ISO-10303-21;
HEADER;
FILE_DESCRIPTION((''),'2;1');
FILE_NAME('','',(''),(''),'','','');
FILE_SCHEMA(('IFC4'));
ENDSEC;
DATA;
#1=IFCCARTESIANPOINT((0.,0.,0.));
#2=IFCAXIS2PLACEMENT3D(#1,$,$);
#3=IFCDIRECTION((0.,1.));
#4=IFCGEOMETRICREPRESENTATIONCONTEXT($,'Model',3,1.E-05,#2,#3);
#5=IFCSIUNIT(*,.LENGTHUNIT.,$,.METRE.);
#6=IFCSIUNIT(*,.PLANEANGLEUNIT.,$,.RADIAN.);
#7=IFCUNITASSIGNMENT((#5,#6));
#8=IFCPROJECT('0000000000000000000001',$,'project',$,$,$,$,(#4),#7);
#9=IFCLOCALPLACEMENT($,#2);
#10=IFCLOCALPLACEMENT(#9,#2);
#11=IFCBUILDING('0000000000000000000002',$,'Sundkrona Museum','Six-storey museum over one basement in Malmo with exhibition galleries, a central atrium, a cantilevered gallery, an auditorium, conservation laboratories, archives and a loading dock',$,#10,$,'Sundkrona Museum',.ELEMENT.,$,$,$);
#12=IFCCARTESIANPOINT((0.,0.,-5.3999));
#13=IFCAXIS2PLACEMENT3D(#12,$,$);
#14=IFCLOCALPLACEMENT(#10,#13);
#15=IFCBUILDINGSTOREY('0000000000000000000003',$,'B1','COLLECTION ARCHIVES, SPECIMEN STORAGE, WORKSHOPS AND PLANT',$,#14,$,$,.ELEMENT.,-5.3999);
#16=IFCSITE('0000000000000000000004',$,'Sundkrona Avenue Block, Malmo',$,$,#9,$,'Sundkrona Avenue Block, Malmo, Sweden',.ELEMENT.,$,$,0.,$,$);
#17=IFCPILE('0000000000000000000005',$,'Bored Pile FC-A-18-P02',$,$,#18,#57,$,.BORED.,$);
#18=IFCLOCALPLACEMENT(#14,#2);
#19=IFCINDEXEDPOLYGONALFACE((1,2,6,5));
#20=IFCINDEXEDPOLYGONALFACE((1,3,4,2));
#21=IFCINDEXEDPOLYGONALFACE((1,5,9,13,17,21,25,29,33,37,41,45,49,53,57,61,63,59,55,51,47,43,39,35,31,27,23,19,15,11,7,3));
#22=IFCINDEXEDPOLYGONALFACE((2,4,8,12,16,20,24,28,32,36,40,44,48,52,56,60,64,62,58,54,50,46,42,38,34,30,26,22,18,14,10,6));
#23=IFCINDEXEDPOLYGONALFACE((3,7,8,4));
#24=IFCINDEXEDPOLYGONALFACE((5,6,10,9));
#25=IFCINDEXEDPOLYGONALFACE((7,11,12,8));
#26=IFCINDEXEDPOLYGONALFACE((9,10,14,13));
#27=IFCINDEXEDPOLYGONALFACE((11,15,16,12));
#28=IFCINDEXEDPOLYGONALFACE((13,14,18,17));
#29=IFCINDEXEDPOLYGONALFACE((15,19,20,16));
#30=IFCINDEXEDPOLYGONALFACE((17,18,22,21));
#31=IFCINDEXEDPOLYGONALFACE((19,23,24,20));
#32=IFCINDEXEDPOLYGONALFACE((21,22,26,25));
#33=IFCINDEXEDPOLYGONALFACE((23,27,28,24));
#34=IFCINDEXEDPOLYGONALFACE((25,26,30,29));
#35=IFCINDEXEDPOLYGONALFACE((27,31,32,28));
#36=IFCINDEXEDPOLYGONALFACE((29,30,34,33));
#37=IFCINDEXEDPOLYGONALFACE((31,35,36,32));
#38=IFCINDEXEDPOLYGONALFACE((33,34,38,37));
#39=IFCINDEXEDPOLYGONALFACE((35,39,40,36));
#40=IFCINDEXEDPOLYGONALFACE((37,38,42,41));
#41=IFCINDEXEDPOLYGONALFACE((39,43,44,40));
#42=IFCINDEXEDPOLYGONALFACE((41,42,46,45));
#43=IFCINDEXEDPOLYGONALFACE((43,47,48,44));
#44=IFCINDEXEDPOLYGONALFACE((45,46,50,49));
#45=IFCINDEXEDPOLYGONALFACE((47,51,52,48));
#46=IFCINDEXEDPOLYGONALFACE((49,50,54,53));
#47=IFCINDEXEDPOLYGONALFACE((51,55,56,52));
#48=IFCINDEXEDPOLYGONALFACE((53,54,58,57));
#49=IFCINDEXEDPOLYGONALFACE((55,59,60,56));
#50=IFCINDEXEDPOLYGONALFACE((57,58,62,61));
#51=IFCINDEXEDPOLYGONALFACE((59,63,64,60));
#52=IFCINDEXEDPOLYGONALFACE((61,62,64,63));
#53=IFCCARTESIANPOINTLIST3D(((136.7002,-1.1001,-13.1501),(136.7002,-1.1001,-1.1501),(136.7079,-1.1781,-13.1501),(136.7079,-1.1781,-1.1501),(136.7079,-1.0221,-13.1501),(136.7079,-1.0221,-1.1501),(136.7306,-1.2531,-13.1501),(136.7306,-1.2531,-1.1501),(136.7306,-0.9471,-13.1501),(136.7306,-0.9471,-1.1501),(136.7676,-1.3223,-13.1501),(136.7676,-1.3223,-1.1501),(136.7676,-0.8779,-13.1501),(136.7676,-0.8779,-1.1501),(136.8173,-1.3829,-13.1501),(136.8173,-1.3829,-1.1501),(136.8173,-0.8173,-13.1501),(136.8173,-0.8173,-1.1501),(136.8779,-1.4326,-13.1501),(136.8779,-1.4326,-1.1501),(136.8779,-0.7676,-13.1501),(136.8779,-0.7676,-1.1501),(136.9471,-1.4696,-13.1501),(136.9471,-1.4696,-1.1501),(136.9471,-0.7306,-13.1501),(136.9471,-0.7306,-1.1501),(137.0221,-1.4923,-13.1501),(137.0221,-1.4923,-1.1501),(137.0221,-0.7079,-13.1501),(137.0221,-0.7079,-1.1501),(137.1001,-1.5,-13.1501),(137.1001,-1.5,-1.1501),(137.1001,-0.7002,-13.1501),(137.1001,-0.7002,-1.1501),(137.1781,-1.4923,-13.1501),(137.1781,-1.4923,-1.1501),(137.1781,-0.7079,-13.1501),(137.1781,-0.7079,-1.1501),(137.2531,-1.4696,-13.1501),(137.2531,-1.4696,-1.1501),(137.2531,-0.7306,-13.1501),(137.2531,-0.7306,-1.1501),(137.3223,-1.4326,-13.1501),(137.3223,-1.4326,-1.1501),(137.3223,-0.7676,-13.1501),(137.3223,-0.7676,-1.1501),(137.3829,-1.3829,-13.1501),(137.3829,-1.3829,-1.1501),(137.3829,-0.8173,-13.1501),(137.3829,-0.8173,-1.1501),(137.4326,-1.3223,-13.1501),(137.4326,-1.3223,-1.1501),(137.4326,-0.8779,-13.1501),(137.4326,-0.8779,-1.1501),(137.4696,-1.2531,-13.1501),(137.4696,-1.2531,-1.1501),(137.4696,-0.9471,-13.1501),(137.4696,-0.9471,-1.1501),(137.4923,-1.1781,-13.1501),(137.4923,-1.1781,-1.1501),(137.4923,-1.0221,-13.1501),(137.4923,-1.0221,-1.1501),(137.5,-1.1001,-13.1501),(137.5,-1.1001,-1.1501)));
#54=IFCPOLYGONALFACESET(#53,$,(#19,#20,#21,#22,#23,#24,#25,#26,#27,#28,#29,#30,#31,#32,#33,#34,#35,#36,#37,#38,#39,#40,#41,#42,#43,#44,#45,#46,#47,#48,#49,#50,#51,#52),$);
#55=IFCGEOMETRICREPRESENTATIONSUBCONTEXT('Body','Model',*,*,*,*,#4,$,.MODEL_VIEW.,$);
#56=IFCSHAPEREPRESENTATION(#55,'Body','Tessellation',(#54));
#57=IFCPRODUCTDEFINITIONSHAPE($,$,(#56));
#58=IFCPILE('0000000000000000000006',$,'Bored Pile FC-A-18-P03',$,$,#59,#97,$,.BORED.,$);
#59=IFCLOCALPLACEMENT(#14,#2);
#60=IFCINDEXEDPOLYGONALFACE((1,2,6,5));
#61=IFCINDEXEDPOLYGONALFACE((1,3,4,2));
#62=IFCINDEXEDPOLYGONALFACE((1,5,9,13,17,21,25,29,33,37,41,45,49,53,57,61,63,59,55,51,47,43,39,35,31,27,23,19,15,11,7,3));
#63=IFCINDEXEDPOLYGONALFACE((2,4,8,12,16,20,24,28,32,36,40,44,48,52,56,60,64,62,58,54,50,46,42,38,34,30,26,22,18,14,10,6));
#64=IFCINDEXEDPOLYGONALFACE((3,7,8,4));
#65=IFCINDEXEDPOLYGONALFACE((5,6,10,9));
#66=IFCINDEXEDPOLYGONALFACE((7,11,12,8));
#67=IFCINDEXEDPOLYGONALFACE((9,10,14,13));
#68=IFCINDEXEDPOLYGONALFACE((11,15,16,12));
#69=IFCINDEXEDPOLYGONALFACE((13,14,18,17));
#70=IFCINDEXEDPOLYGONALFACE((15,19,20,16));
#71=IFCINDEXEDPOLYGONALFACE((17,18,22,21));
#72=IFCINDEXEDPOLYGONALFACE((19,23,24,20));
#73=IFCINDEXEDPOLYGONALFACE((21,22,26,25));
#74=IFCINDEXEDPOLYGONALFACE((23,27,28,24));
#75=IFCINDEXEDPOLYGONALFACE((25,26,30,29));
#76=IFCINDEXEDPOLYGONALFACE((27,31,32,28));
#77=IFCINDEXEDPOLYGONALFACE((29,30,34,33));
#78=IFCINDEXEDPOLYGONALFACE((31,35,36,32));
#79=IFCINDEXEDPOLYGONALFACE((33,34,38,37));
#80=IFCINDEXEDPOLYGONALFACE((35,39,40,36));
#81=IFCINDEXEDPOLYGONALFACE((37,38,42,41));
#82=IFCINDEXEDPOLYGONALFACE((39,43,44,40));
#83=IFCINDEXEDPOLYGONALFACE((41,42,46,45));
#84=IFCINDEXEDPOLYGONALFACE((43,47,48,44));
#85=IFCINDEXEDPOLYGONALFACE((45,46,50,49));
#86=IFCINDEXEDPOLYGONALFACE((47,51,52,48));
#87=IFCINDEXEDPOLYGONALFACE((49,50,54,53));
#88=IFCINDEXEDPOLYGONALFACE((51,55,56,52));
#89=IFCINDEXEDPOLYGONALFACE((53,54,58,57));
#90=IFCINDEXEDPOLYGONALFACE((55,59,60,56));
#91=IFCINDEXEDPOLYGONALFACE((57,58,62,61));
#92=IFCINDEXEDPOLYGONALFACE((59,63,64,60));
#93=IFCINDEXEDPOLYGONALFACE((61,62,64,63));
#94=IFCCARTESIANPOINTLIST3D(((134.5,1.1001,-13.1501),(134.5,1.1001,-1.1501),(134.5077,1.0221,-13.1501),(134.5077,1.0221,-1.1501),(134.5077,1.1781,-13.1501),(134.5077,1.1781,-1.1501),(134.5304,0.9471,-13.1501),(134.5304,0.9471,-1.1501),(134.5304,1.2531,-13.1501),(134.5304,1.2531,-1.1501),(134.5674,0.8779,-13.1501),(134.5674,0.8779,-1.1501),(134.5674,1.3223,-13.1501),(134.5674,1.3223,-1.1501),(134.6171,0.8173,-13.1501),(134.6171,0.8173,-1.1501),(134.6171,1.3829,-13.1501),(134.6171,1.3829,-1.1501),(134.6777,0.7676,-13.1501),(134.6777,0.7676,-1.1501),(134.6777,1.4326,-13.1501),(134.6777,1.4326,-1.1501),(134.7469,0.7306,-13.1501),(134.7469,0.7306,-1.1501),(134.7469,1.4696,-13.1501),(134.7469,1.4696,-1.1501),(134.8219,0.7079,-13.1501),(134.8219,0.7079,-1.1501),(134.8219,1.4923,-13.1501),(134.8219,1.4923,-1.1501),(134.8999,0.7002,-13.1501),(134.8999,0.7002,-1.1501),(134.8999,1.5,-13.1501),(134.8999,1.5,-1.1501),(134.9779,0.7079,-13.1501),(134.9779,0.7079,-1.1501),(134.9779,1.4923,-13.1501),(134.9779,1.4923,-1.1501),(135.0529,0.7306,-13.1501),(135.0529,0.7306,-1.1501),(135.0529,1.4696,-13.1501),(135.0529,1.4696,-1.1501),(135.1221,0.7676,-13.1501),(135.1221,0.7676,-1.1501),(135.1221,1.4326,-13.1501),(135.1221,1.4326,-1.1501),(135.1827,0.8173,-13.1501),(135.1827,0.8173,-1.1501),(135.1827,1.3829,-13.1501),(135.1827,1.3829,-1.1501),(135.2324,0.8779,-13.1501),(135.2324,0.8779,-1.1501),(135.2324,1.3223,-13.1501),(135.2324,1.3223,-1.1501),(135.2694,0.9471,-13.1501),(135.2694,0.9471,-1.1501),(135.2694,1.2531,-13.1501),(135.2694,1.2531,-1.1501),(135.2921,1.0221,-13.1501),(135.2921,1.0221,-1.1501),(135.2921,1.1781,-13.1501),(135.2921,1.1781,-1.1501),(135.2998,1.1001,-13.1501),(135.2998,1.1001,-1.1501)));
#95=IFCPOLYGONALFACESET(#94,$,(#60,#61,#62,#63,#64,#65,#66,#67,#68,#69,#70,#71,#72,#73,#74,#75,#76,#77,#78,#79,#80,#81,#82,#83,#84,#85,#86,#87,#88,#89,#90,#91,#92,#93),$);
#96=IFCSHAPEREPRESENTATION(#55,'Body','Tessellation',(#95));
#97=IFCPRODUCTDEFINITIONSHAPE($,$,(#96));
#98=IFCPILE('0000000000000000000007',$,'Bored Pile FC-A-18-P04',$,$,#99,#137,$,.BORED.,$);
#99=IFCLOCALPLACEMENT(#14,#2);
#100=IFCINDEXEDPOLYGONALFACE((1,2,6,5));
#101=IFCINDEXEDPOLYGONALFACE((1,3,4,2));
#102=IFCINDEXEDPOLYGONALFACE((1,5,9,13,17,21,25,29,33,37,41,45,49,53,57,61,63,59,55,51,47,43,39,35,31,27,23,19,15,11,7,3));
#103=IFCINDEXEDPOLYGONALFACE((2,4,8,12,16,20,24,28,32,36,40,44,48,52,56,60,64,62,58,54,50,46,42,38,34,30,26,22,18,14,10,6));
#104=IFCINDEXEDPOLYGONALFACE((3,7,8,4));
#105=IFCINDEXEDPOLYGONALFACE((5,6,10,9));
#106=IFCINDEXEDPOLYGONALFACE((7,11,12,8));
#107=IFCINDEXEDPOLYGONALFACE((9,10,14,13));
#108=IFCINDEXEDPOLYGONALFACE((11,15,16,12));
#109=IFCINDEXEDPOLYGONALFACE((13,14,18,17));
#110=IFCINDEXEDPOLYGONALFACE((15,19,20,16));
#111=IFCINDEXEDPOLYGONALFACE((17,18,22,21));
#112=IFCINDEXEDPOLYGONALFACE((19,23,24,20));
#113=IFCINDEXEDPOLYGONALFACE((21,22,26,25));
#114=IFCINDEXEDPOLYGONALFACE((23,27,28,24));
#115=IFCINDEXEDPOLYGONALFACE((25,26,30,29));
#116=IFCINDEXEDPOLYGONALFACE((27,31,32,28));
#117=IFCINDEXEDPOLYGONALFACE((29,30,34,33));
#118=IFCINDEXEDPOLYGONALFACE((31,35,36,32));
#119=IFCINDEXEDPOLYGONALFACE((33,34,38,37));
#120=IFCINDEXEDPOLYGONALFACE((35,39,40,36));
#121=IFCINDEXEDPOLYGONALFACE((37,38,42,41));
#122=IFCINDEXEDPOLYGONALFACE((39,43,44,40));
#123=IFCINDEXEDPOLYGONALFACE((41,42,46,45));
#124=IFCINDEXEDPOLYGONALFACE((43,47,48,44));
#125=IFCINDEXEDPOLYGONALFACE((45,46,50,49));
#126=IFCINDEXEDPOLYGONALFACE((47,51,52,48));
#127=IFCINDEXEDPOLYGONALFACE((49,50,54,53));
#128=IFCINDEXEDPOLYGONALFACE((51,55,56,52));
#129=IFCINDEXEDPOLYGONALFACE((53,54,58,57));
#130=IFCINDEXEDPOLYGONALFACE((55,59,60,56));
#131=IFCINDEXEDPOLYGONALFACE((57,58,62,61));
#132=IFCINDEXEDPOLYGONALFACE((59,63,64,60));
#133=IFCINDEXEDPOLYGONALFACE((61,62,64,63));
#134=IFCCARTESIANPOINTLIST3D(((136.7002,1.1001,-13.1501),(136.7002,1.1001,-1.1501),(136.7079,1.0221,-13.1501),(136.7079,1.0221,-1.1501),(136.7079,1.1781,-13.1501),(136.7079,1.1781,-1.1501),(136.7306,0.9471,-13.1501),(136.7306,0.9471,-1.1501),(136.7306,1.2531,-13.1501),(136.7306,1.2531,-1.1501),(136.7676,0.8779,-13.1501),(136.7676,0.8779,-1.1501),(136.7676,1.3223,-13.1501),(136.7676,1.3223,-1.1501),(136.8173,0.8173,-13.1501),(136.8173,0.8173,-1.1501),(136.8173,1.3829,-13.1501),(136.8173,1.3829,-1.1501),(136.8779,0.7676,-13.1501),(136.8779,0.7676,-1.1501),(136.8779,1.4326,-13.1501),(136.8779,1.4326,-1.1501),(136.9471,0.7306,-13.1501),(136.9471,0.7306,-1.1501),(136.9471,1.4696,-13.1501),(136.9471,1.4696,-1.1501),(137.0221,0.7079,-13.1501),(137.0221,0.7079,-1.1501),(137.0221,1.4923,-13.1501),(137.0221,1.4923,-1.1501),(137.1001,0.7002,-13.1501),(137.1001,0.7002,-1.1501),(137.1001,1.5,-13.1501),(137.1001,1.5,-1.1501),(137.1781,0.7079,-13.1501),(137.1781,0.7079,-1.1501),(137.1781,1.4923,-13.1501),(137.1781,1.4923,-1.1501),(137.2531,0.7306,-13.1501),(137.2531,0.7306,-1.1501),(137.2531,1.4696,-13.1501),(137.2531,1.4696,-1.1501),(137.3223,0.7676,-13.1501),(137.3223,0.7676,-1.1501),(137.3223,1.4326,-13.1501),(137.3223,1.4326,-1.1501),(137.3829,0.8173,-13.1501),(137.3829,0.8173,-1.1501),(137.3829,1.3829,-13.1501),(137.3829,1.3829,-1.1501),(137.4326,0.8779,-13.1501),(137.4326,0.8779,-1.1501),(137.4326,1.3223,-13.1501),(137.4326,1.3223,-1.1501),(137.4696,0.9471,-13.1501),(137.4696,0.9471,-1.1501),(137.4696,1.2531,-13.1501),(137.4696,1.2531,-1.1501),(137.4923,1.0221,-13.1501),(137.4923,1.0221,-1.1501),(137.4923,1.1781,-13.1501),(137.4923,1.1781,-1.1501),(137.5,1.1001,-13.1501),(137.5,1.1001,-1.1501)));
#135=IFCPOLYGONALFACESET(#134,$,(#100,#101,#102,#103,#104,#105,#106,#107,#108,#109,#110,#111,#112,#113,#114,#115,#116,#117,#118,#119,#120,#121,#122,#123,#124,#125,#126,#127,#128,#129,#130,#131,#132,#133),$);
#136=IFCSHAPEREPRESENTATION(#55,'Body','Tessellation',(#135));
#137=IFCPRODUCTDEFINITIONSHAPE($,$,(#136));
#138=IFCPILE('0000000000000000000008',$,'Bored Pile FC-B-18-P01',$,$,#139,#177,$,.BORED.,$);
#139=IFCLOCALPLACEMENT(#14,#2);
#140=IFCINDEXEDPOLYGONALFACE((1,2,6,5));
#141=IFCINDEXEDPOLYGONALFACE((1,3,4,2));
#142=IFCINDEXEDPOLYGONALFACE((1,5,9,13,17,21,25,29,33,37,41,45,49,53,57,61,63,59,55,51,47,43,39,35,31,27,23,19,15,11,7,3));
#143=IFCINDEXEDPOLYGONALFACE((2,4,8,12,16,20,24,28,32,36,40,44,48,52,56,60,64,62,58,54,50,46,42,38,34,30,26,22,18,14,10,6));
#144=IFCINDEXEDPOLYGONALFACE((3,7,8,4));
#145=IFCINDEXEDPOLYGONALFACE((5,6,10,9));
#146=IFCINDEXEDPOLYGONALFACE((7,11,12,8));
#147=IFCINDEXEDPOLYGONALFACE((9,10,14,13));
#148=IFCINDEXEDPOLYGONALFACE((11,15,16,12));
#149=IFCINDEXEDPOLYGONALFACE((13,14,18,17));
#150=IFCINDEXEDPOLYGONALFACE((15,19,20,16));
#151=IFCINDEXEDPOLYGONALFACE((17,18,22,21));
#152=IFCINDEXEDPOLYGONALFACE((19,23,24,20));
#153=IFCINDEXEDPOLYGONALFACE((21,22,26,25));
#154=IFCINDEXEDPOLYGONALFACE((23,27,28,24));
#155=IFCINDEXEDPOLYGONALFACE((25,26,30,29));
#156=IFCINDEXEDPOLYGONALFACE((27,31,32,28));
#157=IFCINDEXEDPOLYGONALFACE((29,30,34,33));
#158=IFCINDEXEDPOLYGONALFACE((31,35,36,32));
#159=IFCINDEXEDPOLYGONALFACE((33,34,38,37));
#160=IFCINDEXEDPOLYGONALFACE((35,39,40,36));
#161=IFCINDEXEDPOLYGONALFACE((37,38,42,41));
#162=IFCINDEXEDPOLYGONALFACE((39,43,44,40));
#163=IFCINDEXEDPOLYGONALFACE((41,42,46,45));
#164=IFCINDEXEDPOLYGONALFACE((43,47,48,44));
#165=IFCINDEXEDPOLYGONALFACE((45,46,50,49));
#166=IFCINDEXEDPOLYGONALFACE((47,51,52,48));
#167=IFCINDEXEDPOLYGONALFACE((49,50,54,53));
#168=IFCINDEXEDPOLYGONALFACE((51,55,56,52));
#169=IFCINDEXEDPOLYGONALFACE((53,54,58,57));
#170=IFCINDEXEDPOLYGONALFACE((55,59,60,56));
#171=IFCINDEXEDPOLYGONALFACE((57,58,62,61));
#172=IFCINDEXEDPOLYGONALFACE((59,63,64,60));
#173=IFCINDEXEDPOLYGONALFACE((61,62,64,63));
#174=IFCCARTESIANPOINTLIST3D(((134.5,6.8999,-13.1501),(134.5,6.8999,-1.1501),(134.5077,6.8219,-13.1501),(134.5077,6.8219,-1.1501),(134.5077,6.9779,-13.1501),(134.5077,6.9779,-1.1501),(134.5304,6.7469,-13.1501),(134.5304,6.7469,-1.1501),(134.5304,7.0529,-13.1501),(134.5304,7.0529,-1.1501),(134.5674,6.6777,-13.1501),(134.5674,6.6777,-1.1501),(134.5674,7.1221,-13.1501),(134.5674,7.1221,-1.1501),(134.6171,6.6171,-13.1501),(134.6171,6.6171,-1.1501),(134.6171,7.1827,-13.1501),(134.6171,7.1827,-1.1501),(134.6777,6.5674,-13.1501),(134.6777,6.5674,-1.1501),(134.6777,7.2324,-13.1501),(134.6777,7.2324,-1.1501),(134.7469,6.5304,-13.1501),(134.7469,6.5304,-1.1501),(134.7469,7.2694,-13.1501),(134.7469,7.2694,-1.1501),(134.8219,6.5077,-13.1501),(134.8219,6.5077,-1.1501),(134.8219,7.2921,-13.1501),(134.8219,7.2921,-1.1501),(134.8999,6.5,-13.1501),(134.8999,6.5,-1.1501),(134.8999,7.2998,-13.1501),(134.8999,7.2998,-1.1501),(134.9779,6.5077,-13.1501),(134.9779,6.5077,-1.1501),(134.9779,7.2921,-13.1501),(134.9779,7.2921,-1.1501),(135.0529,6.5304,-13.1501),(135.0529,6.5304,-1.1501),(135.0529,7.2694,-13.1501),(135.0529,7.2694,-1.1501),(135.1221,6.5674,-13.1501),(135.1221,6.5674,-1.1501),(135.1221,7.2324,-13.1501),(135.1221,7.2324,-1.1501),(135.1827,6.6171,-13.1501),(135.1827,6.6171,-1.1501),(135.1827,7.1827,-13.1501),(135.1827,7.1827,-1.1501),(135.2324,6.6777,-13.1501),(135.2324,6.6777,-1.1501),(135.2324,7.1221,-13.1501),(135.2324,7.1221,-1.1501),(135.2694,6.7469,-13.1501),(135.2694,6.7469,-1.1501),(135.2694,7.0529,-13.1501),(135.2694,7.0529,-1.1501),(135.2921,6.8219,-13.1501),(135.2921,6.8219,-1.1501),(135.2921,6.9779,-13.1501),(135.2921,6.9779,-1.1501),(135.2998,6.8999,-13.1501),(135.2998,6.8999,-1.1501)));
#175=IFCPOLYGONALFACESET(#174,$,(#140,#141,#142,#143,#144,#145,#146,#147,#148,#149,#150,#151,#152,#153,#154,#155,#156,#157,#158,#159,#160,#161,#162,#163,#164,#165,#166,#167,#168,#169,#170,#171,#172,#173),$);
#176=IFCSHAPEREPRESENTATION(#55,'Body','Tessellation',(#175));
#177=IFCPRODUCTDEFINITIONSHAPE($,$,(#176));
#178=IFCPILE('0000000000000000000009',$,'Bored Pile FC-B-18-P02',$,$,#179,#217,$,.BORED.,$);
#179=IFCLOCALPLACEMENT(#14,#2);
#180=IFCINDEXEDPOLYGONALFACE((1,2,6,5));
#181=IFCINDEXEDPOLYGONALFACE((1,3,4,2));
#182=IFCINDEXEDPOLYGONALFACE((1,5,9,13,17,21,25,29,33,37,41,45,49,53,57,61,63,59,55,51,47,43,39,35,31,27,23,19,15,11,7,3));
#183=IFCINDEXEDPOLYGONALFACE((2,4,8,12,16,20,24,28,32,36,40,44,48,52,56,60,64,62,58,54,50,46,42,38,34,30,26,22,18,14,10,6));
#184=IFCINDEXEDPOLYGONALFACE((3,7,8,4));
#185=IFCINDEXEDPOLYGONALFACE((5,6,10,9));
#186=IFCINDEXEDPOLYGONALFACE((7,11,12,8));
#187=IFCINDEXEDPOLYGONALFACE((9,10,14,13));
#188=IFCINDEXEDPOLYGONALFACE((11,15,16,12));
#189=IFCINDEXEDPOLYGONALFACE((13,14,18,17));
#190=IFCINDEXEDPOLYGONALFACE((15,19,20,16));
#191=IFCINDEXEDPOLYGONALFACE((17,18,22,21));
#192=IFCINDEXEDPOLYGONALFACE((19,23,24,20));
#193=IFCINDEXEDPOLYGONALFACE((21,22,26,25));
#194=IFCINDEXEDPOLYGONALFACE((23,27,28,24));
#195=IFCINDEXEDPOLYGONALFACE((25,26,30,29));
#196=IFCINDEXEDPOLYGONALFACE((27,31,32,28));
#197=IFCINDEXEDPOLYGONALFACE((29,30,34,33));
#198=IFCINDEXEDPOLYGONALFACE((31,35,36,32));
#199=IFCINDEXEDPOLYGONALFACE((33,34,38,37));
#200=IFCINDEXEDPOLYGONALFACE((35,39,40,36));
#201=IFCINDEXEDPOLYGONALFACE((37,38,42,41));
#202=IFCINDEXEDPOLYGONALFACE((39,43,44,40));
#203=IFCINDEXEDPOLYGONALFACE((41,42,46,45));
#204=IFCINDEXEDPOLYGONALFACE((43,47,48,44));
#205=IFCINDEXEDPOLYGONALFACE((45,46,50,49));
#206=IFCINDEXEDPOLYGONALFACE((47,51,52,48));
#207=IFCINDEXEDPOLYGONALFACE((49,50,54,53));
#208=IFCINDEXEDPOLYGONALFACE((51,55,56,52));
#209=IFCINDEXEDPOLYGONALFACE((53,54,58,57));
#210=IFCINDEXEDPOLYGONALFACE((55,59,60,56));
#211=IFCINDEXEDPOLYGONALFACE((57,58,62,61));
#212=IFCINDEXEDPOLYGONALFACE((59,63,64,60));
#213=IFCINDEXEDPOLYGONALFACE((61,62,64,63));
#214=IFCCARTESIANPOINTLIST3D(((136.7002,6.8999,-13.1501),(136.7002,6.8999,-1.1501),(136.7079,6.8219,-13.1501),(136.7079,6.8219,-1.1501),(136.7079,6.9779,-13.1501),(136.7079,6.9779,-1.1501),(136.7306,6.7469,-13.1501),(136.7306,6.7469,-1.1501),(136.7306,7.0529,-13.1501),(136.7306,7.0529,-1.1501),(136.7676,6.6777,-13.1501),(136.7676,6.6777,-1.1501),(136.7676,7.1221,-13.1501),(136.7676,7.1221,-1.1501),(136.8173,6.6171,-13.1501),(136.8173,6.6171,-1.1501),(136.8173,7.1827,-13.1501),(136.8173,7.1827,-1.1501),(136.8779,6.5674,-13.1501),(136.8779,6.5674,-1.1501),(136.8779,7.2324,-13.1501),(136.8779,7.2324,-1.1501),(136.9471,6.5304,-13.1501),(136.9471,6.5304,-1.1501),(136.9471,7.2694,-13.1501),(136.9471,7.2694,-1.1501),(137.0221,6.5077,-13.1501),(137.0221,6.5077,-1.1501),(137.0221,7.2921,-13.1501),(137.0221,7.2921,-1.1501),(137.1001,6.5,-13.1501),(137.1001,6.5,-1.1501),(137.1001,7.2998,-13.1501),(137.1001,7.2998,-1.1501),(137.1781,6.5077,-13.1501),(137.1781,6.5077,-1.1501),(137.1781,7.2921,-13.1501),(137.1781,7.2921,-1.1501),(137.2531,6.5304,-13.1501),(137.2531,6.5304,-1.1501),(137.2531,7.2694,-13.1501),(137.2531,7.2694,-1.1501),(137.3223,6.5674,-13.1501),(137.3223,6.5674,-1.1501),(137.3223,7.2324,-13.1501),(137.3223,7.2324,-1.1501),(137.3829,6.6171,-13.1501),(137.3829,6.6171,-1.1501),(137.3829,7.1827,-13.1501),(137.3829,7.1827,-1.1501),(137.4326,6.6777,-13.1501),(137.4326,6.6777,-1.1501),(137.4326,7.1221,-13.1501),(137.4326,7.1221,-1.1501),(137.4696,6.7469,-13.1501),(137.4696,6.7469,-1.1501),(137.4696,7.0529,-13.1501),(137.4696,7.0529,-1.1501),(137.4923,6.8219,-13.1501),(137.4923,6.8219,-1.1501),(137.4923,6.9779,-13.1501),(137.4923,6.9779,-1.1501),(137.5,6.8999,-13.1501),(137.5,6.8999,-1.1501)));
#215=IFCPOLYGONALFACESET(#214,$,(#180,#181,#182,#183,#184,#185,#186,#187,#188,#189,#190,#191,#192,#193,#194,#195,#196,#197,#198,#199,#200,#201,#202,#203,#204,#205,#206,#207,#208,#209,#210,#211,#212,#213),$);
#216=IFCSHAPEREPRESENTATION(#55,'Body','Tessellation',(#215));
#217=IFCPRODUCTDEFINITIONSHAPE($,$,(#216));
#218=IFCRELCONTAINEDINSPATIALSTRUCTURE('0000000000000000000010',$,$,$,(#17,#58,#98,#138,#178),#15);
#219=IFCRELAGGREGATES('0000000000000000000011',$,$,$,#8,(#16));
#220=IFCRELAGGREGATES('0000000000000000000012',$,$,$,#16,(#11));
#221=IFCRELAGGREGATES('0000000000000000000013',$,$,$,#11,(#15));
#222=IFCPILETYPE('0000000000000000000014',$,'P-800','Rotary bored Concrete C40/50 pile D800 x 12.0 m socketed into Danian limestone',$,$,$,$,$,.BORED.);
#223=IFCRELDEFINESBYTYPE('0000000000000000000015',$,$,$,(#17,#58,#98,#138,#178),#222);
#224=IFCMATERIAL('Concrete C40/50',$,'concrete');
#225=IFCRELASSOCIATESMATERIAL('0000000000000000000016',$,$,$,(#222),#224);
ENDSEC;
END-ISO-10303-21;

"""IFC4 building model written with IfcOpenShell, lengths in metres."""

from ifc_helpers import new_model, si_unit, direction, frame, origin, origin_2d, place, context, subcontext, project, spatial, circle, extrude, material, material_profile, profile_set, type_object, element, save


model = new_model("IFC4")

# Units and contexts
model_context = context("Model", 3, precision=1e-05, world=origin(), true_north=direction((0.0, 1.0)))
body_context = subcontext(model_context, "Body", "Model", "MODEL_VIEW")
ifc_project = project(units=[si_unit("LENGTHUNIT", "METRE"), si_unit("PLANEANGLEUNIT", "RADIAN")], contexts=[model_context])

# Site, building, storey
site_placement = place(None, origin())
site = spatial("IfcSite", under=ifc_project, at=site_placement, Name="Sundkrona Avenue Block, Malmo", LongName="Sundkrona Avenue Block, Malmo, Sweden", CompositionType="ELEMENT", RefElevation=0.0)
building_placement = place(site_placement, origin())
building = spatial("IfcBuilding", under=site, at=building_placement, Name="Sundkrona Museum", Description="Six-storey museum over one basement in Malmo with exhibition galleries, a central atrium, a cantilevered gallery, an auditorium, conservation laboratories, archives and a loading dock", LongName="Sundkrona Museum", CompositionType="ELEMENT")
storey_placement = place(building_placement, frame((0.0, 0.0, -5.3999)))
storey = spatial("IfcBuildingStorey", under=building, at=storey_placement, Name="B1", Description="COLLECTION ARCHIVES, SPECIMEN STORAGE, WORKSHOPS AND PLANT", CompositionType="ELEMENT", Elevation=-5.3999)

# Shared definitions
ifc_material_1 = material(Name="Concrete C40/50", Category="concrete")

# Piles
ifc_material_profile_1 = material_profile(ifc_material_1, circle(Radius=0.3999, at=origin_2d()), Name="PILE D800")
ifc_profile_set_1 = profile_set([ifc_material_profile_1], Name="Concrete C40/50")
pile_type_1 = type_object("IfcPileType", Name="P-800", Description="Rotary bored Concrete C40/50 pile D800 x 12.0 m socketed into Danian limestone", PredefinedType="BORED", material=ifc_profile_set_1)
for number, where, z_axis, x_axis, name in (
    (1, (137.1001, -1.1001, -1.1501), (0.0, 0.0, -1.0), (1.0, 0.0, 0.0), "Bored Pile FC-A-18-P02"),
    (2, (134.8999, 1.1001, -1.1501), (0.0, 0.0, -1.0), (1.0, 0.0, 0.0), "Bored Pile FC-A-18-P03"),
    (3, (137.1001, 1.1001, -1.1501), (0.0, 0.0, -1.0), (1.0, 0.0, 0.0), "Bored Pile FC-A-18-P04"),
    (4, (134.8999, 6.8999, -1.1501), (0.0, 0.0, -1.0), (1.0, 0.0, 0.0), "Bored Pile FC-B-18-P01"),
    (5, (137.1001, 6.8999, -1.1501), (0.0, 0.0, -1.0), (1.0, 0.0, 0.0), "Bored Pile FC-B-18-P02"),
):
    element("IfcPile", number, at=place(storey_placement, frame(where, z_axis=z_axis, x_axis=x_axis)), inside=storey, type_object=pile_type_1, Name=name, PredefinedType="BORED", context=body_context, shape_type="SweptSolid", body=[
        extrude(circle(Radius=0.3999, at=origin_2d()), origin(), (0.0, 0.0, 1.0), 12.0),
    ])

save(model, "model.ifc")
